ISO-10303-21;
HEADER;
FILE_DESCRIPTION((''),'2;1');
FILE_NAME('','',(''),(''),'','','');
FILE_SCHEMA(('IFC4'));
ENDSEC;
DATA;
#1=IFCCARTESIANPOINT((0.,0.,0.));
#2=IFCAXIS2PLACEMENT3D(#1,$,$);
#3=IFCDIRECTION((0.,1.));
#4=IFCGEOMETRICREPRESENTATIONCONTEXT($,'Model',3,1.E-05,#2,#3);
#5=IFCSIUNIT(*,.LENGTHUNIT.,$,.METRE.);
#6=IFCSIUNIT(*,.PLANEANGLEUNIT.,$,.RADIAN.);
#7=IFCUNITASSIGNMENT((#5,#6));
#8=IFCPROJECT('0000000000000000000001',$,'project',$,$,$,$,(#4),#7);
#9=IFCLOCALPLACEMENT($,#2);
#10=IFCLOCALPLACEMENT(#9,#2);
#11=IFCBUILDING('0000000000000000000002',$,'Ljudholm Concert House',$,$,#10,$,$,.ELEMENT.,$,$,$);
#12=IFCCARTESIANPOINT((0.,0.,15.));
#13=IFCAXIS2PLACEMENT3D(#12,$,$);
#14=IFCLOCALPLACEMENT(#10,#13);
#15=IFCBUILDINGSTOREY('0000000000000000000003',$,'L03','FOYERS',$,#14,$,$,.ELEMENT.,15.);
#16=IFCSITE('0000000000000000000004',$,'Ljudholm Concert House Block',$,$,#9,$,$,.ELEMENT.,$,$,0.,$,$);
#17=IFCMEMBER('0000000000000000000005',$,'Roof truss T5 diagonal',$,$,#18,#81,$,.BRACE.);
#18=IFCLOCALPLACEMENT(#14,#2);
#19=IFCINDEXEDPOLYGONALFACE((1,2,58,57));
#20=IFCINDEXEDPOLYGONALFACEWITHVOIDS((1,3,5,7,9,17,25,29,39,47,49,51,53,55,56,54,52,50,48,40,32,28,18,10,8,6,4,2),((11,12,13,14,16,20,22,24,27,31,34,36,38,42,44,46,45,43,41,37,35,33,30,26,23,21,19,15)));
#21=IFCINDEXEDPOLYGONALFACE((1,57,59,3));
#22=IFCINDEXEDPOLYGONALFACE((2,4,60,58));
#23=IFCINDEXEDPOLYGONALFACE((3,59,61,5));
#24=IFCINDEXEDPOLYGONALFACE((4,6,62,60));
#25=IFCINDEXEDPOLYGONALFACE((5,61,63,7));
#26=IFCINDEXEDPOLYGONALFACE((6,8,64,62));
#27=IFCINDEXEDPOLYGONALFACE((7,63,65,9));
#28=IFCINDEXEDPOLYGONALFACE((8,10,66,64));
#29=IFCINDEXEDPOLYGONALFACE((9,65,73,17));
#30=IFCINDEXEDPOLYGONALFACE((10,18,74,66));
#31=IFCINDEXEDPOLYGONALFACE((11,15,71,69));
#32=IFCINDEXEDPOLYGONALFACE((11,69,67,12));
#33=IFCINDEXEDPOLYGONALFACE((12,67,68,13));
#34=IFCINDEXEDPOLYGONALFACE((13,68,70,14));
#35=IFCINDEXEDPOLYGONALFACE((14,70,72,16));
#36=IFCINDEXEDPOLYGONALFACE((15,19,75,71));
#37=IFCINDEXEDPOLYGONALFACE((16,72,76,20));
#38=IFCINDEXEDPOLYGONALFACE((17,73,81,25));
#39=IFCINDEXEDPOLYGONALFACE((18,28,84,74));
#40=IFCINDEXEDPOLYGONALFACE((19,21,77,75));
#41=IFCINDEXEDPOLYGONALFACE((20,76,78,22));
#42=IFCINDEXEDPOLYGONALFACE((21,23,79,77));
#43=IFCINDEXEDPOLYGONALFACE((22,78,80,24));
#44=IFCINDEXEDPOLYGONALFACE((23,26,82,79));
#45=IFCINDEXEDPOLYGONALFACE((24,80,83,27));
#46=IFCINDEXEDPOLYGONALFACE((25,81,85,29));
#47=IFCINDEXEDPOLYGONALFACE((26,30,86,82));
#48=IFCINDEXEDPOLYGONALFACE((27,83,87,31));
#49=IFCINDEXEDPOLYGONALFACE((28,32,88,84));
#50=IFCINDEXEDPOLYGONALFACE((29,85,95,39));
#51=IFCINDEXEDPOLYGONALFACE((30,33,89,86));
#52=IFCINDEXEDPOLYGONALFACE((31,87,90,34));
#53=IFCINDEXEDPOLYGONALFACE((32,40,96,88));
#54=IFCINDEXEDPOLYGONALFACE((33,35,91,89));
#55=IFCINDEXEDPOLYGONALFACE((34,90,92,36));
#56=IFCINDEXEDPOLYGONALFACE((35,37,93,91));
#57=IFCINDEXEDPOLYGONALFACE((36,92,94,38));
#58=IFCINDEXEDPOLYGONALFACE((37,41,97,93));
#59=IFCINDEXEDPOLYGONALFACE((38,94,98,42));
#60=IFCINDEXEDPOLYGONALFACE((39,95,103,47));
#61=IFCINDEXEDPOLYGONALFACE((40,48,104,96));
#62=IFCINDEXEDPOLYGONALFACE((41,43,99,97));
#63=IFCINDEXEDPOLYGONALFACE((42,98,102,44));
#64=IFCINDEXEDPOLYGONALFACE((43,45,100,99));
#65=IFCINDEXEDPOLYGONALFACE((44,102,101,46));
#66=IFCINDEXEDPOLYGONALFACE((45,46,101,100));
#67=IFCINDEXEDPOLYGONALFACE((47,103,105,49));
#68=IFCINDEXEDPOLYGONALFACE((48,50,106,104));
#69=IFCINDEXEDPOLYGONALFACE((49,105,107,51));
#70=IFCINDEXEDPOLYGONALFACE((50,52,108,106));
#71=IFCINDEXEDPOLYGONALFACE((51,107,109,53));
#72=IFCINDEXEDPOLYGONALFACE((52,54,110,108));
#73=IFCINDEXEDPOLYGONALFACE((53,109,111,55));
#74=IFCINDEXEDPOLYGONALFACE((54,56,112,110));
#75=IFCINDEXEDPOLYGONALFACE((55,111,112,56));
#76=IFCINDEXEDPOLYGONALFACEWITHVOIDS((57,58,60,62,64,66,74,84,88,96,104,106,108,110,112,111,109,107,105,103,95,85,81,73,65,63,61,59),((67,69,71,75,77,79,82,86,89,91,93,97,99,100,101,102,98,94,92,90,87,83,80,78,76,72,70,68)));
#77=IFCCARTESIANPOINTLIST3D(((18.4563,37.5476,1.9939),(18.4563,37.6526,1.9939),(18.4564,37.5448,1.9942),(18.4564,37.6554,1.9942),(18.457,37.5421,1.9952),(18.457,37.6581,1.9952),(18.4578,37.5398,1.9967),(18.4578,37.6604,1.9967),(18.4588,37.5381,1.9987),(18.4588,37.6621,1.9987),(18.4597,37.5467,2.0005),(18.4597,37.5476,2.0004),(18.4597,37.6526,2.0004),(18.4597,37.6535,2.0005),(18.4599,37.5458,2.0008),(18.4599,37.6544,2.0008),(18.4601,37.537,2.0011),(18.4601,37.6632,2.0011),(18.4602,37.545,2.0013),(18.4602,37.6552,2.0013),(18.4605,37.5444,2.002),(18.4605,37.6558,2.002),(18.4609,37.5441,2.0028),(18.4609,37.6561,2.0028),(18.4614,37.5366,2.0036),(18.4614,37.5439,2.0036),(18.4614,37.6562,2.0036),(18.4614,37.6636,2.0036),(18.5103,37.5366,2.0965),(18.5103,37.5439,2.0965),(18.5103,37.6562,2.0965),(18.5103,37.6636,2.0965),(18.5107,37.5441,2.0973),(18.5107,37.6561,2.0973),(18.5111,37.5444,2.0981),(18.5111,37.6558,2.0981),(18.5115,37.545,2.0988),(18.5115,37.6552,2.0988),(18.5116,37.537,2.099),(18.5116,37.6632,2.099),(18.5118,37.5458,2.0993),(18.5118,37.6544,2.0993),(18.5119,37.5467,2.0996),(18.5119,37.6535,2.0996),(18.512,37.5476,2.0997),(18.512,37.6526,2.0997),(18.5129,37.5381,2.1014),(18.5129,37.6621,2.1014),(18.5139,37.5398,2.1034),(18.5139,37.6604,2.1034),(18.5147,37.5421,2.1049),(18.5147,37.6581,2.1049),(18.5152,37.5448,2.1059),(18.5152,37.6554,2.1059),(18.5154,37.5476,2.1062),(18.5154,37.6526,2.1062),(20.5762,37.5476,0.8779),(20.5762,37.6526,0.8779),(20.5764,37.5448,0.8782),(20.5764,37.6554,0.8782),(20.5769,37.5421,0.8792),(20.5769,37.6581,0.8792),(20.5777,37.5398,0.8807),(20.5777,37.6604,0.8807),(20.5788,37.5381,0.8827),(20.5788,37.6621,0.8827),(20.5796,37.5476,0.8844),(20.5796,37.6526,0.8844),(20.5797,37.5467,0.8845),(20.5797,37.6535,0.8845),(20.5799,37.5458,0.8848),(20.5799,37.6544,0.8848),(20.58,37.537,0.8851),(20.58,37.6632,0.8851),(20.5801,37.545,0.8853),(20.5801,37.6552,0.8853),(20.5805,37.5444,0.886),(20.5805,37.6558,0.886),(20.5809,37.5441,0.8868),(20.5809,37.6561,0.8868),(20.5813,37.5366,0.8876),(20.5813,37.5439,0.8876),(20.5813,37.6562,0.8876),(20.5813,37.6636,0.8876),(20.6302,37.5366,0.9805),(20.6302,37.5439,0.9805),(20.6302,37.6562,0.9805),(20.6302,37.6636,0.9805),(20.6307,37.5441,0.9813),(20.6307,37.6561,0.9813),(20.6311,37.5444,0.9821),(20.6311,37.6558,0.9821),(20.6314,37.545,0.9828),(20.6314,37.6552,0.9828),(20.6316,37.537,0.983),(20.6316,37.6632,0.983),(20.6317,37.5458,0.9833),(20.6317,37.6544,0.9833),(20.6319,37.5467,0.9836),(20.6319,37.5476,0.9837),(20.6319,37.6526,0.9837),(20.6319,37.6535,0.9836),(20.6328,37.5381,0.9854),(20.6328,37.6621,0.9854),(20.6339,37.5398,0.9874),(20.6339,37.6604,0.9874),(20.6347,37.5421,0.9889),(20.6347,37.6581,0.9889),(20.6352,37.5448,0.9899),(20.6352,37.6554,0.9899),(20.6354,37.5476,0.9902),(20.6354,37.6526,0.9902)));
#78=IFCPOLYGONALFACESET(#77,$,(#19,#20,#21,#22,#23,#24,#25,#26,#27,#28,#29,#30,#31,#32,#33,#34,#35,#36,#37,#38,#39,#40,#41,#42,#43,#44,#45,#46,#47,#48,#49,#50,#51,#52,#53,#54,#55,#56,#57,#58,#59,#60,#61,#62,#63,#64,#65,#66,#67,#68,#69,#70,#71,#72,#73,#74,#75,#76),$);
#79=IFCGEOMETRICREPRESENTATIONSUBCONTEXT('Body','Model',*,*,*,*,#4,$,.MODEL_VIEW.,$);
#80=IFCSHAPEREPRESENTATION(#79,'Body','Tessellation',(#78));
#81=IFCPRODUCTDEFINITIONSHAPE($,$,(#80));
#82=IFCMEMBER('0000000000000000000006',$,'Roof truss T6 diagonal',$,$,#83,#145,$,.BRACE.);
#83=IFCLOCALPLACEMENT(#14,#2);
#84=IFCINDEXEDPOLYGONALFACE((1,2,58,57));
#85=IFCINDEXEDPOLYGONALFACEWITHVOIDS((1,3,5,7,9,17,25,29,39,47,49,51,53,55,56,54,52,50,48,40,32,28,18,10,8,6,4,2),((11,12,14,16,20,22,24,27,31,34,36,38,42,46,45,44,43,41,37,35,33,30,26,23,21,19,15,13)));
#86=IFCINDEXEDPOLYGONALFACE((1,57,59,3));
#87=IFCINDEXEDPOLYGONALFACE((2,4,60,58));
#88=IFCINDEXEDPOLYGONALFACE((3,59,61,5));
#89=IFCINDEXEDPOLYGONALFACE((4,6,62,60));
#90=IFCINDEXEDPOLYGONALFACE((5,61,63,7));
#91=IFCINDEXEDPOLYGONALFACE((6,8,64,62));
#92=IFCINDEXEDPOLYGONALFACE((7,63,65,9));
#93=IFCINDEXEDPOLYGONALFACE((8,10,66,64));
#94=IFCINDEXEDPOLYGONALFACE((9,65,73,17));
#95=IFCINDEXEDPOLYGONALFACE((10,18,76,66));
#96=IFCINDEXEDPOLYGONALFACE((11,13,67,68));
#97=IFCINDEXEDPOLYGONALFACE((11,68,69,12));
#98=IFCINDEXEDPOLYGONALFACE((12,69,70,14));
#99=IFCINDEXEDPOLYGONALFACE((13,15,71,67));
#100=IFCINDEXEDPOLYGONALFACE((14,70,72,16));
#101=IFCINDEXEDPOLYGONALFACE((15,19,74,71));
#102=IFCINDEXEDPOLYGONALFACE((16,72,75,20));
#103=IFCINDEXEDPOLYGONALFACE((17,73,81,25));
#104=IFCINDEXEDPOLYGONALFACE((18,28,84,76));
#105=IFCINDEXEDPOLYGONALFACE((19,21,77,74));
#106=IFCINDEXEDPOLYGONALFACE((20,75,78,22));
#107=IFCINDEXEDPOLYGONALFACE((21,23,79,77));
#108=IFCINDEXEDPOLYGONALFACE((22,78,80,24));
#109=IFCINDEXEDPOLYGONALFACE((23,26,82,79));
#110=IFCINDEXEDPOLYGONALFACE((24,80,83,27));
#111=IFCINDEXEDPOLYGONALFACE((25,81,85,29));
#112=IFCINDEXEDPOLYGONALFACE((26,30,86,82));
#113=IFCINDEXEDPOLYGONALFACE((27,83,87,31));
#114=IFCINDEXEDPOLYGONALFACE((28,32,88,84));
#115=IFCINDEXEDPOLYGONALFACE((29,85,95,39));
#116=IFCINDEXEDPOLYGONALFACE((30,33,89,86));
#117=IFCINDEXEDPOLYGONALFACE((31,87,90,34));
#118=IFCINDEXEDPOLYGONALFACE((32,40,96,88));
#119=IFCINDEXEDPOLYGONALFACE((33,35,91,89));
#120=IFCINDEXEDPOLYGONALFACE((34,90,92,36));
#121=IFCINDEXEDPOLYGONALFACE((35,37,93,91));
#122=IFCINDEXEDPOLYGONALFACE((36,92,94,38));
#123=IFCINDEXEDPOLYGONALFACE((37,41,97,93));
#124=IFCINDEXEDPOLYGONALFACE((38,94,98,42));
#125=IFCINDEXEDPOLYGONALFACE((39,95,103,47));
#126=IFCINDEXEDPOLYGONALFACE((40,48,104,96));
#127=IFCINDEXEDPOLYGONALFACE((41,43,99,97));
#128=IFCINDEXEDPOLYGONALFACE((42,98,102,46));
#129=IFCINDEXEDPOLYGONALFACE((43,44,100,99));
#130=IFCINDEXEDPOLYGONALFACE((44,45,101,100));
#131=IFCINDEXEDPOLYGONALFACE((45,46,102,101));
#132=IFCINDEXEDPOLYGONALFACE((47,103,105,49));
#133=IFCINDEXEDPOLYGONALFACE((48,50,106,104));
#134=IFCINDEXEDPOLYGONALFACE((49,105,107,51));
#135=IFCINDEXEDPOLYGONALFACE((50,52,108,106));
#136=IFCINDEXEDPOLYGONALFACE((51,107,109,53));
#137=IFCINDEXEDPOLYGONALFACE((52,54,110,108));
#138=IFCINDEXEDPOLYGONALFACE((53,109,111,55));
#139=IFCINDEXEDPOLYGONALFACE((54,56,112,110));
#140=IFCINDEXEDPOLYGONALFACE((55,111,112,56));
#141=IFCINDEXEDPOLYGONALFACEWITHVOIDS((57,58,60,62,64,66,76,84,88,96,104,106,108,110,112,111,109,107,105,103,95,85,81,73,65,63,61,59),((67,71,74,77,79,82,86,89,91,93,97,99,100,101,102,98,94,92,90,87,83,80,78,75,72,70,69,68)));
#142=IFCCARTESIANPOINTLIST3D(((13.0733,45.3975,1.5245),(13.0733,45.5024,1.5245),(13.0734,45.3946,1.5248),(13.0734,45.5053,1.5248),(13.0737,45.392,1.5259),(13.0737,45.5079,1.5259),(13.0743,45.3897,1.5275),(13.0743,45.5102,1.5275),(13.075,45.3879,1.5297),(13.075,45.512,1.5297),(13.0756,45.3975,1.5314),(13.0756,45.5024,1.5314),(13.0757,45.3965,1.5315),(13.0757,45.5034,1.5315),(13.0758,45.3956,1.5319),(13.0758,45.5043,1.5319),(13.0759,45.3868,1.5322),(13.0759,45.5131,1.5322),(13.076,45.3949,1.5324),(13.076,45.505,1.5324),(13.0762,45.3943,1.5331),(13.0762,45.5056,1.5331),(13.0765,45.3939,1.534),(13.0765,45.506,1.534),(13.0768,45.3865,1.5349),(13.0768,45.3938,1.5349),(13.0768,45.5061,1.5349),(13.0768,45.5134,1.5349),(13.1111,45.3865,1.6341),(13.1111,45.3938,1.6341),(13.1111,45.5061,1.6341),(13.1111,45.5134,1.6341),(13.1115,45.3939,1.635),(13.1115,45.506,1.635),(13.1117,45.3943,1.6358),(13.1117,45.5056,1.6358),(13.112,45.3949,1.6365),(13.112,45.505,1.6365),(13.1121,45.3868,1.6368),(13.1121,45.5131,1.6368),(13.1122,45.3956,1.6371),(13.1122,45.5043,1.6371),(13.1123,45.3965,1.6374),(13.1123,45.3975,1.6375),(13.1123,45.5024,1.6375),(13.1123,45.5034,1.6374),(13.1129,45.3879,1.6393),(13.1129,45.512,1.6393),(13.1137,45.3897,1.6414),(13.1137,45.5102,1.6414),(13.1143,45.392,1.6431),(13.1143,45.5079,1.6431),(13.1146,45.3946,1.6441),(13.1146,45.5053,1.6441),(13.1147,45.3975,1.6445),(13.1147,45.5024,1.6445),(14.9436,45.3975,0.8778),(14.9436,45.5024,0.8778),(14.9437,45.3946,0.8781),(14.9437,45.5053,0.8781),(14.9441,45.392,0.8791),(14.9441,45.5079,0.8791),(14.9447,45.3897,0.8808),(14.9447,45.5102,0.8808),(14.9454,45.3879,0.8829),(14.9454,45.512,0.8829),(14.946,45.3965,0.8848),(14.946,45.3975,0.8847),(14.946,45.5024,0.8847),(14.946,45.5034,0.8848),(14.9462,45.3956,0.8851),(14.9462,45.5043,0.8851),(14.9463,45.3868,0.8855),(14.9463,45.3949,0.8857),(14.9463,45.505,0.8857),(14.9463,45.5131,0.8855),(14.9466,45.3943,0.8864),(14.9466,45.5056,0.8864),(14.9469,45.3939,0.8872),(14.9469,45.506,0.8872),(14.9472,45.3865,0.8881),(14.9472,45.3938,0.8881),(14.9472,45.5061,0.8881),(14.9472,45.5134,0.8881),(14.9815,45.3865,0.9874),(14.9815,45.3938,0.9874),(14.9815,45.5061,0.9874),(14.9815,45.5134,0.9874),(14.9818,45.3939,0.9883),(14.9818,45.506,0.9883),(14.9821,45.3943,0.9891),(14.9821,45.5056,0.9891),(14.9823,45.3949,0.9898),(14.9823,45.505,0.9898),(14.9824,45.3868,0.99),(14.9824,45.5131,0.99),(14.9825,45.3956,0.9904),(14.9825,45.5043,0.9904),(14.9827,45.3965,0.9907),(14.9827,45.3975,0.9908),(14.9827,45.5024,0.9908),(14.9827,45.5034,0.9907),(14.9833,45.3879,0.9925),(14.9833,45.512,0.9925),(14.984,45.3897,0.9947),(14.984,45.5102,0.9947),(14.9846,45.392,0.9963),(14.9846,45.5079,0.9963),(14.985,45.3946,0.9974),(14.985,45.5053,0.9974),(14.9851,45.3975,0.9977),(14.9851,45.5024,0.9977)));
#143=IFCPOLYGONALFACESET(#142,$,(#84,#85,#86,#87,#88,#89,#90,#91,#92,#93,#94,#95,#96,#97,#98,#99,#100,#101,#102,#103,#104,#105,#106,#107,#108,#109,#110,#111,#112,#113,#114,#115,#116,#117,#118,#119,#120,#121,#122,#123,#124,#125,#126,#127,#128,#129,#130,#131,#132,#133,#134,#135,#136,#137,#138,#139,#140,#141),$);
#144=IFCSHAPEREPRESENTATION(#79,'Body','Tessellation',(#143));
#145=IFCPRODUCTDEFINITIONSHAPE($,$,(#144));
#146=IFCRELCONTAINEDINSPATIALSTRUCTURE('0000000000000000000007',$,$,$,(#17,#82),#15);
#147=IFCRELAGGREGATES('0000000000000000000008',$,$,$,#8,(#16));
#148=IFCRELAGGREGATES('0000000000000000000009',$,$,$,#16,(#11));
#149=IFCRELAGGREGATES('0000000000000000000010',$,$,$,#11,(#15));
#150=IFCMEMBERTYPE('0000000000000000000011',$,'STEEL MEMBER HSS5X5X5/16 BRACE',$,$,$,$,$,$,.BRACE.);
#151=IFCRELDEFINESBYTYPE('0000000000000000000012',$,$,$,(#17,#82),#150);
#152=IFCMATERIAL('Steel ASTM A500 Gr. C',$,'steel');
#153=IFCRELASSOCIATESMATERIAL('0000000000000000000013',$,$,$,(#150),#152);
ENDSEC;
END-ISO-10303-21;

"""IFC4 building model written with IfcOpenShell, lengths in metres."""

from ifc_helpers import new_model, si_unit, direction, frame, origin, origin_2d, place, context, subcontext, project, spatial, hollow_rectangle, extrude, material, material_profile, profile_set, type_object, element, save


model = new_model("IFC4")

# Units and contexts
model_context = context("Model", 3, precision=1e-05, world=origin(), true_north=direction((0.0, 1.0)))
body_context = subcontext(model_context, "Body", "Model", "MODEL_VIEW")
ifc_project = project(units=[si_unit("LENGTHUNIT", "METRE"), si_unit("PLANEANGLEUNIT", "RADIAN")], contexts=[model_context])

# Site, building, storey
site_placement = place(None, origin())
site = spatial("IfcSite", under=ifc_project, at=site_placement, Name="Ljudholm Concert House Block", CompositionType="ELEMENT", RefElevation=0.0)
building_placement = place(site_placement, origin())
building = spatial("IfcBuilding", under=site, at=building_placement, Name="Ljudholm Concert House", CompositionType="ELEMENT")
storey_placement = place(building_placement, frame((0.0, 0.0, 15.0)))
storey = spatial("IfcBuildingStorey", under=building, at=storey_placement, Name="L03", Description="FOYERS", CompositionType="ELEMENT", Elevation=15.0)

# Members
ifc_material_1 = material(Name="Steel ASTM A500 Gr. C", Category="steel")
ifc_material_profile_1 = material_profile(ifc_material_1, hollow_rectangle(XDim=0.127, YDim=0.127, WallThickness=0.0073, InnerFilletRadius=0.0037, OuterFilletRadius=0.011, at=origin_2d()), Name="HSS5X5X5/16")
ifc_profile_set_1 = profile_set([ifc_material_profile_1], Name="Steel ASTM A500 Gr. C")
member_type_1 = type_object("IfcMemberType", Name="STEEL MEMBER HSS5X5X5/16 BRACE", PredefinedType="BRACE", material=ifc_profile_set_1)
member_1_placement = place(storey_placement, frame((18.4858, 37.6001, 2.05), z_axis=(0.884876, 0.0, -0.465826), x_axis=(0.0, 1.0, 0.0)))
element("IfcMember", 1, at=member_1_placement, inside=storey, type_object=member_type_1, Name="Roof truss T5 diagonal", PredefinedType="BRACE", context=body_context, shape_type="SweptSolid", body=[
    extrude(hollow_rectangle(XDim=0.127, YDim=0.127, WallThickness=0.0073, InnerFilletRadius=0.0037, OuterFilletRadius=0.011, at=origin_2d()), origin(), (0.0, 0.0, 1.0), 2.3958),
])
member_2_placement = place(storey_placement, frame((13.094, 45.45, 1.5845), z_axis=(0.945096, 0.0, -0.326793), x_axis=(0.0, 1.0, 0.0)))
element("IfcMember", 2, at=member_2_placement, inside=storey, type_object=member_type_1, Name="Roof truss T6 diagonal", PredefinedType="BRACE", context=body_context, shape_type="SweptSolid", body=[
    extrude(hollow_rectangle(XDim=0.127, YDim=0.127, WallThickness=0.0073, InnerFilletRadius=0.0037, OuterFilletRadius=0.011, at=origin_2d()), origin(), (0.0, 0.0, 1.0), 1.979),
])

save(model, "model.ifc")
